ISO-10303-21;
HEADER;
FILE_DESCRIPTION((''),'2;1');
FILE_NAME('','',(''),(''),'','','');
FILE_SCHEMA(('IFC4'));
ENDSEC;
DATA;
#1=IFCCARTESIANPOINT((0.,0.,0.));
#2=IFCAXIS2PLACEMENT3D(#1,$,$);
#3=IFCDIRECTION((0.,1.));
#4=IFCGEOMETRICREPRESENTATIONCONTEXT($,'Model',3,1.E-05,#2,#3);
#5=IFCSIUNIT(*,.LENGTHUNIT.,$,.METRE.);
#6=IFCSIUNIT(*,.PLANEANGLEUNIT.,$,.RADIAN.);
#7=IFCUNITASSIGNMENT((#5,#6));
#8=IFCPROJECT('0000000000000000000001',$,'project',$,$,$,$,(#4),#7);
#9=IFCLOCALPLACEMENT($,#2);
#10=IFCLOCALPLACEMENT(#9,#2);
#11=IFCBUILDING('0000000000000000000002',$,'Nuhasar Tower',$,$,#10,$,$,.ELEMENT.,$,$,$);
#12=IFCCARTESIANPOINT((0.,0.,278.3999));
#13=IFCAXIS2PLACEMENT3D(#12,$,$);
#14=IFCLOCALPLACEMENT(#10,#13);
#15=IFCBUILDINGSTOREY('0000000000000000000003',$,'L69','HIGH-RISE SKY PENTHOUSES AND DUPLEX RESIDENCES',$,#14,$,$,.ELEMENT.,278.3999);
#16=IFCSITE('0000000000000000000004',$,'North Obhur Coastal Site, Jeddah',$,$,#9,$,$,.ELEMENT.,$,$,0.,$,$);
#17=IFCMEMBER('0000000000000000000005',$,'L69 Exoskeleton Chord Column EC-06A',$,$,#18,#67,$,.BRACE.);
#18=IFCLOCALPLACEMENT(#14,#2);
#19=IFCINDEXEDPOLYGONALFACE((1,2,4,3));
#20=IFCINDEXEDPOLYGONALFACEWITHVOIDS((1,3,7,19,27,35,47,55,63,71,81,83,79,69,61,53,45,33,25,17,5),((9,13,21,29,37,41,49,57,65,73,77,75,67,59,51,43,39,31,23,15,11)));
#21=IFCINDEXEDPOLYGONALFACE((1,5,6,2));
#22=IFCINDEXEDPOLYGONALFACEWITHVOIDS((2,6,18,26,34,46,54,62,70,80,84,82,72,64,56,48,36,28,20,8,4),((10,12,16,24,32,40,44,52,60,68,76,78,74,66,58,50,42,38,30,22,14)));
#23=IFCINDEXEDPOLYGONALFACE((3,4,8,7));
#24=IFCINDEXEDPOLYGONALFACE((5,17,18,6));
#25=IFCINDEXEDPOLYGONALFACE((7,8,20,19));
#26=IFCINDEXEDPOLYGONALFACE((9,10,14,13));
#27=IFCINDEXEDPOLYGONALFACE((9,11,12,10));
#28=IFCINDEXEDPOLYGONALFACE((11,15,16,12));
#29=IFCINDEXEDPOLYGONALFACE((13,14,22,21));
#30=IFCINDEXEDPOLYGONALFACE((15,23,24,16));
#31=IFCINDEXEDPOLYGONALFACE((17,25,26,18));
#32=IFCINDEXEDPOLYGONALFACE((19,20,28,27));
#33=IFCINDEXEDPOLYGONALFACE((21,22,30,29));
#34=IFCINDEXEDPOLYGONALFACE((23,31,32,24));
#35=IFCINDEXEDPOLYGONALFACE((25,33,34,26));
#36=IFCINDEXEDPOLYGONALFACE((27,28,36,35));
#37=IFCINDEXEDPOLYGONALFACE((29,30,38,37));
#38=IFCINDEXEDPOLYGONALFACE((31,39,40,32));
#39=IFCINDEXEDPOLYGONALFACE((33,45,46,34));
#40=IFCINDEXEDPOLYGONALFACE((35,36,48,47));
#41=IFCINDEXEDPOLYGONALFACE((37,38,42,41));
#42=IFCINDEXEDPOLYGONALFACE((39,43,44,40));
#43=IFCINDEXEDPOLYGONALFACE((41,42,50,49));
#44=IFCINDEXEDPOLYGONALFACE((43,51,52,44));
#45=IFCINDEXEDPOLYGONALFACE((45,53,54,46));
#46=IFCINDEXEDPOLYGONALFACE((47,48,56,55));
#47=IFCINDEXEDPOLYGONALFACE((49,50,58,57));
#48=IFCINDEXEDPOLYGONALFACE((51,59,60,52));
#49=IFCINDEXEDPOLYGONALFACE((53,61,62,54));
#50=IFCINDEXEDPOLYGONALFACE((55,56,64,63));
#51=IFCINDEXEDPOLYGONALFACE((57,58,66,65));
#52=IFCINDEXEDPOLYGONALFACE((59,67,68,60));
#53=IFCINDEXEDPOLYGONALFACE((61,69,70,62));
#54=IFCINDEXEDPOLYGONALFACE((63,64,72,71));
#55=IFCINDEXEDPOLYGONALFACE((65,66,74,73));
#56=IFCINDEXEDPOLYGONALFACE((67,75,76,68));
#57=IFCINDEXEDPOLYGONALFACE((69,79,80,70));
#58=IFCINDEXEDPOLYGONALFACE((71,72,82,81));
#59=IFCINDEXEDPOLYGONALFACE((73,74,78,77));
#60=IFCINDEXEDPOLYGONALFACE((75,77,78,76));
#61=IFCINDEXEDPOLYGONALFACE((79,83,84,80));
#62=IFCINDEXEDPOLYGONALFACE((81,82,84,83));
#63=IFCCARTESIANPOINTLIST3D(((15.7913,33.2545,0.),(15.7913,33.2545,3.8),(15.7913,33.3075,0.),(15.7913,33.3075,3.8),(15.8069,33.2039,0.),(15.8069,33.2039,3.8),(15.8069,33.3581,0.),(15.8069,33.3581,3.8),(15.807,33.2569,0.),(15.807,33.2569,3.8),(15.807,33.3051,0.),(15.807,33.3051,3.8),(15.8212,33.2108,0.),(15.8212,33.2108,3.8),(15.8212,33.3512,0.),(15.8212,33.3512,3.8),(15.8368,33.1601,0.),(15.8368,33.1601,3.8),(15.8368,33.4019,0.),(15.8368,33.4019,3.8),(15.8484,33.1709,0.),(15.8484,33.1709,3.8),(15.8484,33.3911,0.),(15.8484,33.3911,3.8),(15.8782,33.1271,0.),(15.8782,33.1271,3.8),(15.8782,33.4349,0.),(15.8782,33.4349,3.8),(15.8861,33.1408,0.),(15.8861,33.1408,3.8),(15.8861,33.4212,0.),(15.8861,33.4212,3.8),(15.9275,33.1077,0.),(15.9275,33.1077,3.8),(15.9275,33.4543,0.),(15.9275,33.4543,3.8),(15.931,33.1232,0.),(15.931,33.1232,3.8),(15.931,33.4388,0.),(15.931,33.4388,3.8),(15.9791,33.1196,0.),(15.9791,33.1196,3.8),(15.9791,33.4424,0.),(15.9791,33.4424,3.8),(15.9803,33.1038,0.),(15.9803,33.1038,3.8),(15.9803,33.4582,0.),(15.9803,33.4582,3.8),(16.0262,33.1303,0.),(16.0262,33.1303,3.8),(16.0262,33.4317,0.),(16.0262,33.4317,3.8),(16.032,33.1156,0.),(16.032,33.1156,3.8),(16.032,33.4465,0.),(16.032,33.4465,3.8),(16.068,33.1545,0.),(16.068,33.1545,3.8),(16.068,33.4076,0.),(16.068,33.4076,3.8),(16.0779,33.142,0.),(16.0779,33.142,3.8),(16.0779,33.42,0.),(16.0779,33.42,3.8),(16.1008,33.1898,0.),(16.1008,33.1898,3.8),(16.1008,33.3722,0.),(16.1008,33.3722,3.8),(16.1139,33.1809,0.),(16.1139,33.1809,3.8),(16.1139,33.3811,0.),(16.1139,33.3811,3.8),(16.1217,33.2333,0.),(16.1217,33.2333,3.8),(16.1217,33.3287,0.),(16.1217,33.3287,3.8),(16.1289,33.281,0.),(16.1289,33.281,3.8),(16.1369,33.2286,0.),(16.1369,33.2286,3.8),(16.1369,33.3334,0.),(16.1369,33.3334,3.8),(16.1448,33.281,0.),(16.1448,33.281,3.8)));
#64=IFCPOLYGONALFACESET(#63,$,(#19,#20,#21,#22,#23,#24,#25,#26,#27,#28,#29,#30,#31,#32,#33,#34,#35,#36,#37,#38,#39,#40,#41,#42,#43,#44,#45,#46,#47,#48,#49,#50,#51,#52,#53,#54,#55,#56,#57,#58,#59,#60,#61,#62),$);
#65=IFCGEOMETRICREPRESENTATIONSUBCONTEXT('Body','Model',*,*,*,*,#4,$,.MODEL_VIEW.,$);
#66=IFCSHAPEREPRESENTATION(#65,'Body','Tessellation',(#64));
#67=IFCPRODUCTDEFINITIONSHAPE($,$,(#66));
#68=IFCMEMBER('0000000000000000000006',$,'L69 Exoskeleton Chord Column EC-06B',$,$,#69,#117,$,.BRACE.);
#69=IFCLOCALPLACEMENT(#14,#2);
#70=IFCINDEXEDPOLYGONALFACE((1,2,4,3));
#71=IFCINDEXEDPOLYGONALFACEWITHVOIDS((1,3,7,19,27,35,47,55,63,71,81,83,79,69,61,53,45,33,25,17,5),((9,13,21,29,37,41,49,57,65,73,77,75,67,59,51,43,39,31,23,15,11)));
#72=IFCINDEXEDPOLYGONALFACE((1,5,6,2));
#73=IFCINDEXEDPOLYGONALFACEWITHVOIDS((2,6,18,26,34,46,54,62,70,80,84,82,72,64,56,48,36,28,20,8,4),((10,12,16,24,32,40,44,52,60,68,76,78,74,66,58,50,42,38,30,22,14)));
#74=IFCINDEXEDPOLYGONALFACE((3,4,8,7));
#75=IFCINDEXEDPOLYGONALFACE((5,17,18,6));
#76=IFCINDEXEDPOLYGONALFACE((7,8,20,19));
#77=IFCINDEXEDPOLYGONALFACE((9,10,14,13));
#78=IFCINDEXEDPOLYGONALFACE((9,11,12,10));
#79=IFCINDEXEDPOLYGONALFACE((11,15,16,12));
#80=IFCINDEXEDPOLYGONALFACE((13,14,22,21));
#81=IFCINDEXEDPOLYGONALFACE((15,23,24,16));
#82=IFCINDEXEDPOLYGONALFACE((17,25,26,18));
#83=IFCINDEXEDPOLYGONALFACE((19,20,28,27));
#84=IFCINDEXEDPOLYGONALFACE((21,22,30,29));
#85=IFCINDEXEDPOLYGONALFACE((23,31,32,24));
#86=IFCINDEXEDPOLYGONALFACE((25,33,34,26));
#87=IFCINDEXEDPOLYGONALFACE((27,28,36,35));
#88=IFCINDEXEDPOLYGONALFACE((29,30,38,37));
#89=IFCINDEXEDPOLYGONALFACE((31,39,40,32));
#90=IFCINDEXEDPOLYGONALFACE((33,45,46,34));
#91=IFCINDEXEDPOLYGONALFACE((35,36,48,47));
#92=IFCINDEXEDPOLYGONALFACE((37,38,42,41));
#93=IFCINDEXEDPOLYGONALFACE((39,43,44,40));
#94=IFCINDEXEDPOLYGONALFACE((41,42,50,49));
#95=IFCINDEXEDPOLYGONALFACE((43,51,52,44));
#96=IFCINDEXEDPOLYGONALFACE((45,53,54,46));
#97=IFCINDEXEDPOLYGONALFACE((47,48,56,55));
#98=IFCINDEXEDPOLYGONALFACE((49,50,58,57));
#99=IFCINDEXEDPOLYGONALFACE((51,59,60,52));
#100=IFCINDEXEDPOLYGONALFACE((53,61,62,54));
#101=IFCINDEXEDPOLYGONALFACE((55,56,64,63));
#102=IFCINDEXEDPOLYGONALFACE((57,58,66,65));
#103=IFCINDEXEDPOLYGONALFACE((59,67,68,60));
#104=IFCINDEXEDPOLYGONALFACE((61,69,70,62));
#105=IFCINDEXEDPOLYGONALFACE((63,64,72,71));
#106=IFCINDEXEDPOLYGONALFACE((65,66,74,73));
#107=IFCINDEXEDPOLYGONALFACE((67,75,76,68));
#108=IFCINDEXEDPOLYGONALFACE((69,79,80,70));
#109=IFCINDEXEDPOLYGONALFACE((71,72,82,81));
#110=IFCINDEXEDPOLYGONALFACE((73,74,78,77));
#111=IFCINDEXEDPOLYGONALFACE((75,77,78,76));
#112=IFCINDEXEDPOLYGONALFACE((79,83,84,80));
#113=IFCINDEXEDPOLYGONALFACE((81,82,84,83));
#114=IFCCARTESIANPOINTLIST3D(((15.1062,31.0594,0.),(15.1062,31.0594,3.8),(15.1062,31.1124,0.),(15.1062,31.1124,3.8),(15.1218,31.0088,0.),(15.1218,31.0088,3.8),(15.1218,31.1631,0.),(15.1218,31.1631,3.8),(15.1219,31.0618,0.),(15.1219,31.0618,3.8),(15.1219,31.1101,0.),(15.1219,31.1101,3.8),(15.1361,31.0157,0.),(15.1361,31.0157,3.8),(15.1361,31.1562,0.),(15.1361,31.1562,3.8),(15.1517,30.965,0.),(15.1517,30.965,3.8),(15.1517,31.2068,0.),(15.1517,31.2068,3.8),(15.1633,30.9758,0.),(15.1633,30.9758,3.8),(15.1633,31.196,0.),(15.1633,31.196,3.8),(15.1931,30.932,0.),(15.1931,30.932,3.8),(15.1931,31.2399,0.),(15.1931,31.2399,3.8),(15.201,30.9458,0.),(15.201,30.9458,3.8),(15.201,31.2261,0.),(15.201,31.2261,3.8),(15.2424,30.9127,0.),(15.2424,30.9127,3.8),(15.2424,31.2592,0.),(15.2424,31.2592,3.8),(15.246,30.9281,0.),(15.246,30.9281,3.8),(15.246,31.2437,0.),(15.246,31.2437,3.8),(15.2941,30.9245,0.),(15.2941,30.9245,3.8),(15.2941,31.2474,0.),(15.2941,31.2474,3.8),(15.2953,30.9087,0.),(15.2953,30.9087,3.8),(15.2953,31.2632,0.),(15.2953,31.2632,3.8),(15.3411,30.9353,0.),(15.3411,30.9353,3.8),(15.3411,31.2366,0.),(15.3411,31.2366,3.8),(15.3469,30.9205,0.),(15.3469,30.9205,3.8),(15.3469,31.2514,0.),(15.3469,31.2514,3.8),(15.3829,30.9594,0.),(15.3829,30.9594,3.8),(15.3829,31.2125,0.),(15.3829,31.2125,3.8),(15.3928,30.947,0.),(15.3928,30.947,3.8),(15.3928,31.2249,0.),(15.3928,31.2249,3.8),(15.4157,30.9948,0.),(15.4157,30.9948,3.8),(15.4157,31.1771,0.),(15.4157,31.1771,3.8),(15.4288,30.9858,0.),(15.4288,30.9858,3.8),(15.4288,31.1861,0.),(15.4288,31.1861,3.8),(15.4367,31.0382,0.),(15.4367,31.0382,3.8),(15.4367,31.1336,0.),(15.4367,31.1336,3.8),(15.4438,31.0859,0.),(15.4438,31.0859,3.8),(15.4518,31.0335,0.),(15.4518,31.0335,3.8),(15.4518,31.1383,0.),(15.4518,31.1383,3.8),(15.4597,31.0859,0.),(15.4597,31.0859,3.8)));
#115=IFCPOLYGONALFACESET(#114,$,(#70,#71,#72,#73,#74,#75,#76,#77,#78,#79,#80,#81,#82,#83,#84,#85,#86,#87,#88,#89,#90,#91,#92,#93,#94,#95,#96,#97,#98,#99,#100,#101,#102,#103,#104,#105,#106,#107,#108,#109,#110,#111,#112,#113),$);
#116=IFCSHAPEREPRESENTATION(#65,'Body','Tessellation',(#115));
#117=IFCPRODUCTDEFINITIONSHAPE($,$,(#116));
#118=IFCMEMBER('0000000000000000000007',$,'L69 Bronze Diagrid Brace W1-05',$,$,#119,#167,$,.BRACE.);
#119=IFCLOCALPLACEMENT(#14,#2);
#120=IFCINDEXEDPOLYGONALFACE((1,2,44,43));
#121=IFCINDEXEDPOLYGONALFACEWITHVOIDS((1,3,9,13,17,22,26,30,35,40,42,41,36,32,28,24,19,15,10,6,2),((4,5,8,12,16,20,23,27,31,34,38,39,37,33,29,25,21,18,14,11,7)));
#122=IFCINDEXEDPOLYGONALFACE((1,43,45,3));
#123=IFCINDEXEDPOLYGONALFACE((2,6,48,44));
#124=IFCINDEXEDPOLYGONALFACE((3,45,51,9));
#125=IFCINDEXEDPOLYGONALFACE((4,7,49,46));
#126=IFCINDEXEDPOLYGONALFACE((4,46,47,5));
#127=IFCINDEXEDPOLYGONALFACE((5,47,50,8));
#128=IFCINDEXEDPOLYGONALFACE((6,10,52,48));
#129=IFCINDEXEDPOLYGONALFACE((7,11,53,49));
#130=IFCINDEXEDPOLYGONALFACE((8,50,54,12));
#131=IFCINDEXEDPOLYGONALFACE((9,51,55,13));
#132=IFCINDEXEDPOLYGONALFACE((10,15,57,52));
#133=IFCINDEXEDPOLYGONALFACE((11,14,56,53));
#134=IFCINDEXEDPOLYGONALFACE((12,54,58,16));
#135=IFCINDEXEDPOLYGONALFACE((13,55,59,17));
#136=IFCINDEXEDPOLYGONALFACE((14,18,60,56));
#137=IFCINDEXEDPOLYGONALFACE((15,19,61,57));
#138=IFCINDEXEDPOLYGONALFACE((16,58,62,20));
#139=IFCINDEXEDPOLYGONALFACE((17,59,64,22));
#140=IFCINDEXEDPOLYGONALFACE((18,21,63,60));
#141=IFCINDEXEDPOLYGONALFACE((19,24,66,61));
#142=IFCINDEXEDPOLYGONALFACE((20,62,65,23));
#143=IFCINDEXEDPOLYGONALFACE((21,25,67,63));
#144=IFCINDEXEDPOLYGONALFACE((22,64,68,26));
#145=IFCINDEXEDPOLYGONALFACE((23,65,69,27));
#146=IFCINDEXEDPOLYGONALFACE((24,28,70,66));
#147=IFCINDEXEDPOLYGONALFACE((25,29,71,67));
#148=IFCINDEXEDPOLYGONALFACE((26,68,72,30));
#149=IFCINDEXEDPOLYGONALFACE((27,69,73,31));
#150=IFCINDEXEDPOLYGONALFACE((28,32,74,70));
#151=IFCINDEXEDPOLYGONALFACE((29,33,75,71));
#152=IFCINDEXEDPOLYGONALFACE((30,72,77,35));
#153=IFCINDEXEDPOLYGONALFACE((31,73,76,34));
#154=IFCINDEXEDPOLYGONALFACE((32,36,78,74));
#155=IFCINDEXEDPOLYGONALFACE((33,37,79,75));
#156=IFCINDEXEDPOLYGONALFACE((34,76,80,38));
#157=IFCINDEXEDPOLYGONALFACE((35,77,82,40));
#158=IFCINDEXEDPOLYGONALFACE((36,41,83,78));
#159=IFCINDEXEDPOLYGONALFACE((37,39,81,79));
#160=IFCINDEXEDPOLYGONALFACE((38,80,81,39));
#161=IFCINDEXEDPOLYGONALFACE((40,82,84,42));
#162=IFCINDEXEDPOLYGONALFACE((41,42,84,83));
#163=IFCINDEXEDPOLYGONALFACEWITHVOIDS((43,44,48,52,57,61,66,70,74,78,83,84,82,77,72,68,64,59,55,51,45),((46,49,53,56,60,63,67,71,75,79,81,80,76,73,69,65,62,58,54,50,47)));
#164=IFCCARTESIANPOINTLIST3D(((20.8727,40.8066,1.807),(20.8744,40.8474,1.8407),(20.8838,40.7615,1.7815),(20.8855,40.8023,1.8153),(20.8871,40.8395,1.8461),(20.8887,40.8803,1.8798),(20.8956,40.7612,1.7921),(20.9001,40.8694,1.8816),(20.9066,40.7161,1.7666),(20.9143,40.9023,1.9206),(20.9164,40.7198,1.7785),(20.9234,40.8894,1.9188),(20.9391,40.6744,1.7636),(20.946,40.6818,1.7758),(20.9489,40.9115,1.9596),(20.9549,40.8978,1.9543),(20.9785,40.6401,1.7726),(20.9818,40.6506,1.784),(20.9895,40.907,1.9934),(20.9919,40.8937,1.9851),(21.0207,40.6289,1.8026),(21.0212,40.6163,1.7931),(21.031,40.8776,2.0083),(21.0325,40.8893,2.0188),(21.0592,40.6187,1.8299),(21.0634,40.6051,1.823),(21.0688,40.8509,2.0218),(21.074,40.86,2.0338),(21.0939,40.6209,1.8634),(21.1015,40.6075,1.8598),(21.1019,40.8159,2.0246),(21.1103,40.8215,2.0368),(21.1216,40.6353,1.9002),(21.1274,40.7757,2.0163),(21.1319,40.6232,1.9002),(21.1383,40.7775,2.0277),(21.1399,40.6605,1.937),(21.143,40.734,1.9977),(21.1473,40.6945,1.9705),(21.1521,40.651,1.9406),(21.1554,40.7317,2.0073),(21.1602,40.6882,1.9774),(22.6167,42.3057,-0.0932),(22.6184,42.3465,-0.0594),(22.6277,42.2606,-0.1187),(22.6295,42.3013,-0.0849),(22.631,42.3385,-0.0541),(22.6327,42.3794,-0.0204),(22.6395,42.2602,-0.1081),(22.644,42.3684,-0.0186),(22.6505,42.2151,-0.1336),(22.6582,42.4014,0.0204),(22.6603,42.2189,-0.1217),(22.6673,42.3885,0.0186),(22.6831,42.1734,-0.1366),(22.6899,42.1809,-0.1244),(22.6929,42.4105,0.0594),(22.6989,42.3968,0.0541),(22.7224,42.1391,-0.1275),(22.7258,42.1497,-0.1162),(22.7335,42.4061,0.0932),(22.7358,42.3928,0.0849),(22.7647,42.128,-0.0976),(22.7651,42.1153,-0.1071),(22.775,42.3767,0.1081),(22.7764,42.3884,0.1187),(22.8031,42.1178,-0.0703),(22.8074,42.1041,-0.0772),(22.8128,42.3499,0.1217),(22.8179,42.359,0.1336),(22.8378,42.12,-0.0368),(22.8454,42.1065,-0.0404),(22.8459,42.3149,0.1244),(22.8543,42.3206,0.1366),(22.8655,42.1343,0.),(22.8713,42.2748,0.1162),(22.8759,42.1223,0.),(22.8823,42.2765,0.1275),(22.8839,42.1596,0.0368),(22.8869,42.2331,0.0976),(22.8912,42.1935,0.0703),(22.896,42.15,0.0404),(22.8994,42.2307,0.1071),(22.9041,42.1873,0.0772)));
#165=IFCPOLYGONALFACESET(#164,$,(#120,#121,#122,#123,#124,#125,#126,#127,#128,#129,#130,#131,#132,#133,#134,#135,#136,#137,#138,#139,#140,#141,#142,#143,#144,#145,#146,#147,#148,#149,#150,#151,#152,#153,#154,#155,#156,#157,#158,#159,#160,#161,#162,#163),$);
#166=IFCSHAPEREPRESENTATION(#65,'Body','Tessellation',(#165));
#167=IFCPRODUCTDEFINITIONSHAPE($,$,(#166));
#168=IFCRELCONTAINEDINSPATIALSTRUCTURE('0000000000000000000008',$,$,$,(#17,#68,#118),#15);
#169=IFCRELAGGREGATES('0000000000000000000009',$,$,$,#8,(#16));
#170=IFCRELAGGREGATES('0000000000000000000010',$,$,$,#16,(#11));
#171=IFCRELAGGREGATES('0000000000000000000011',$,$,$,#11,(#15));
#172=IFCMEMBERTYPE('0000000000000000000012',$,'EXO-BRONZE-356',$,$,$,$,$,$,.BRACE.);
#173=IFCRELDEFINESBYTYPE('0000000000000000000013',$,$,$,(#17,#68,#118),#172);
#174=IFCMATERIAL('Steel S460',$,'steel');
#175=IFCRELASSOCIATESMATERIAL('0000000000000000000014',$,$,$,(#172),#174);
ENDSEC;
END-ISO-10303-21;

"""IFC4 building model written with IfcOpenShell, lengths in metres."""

from ifc_helpers import new_model, si_unit, direction, frame, origin, origin_2d, place, context, subcontext, project, spatial, hollow_circle, extrude, material, material_profile, profile_set, type_object, element, save


model = new_model("IFC4")

# Units and contexts
model_context = context("Model", 3, precision=1e-05, world=origin(), true_north=direction((0.0, 1.0)))
body_context = subcontext(model_context, "Body", "Model", "MODEL_VIEW")
ifc_project = project(units=[si_unit("LENGTHUNIT", "METRE"), si_unit("PLANEANGLEUNIT", "RADIAN")], contexts=[model_context])

# Site, building, storey
site_placement = place(None, origin())
site = spatial("IfcSite", under=ifc_project, at=site_placement, Name="North Obhur Coastal Site, Jeddah", CompositionType="ELEMENT", RefElevation=0.0)
building_placement = place(site_placement, origin())
building = spatial("IfcBuilding", under=site, at=building_placement, Name="Nuhasar Tower", CompositionType="ELEMENT")
storey_placement = place(building_placement, frame((0.0, 0.0, 278.3999)))
storey = spatial("IfcBuildingStorey", under=building, at=storey_placement, Name="L69", Description="HIGH-RISE SKY PENTHOUSES AND DUPLEX RESIDENCES", CompositionType="ELEMENT", Elevation=278.3999)

# Members
ifc_material_1 = material(Name="Steel S460", Category="steel")
ifc_material_profile_1 = material_profile(ifc_material_1, hollow_circle(Radius=0.1777, WallThickness=0.0159, at=origin_2d()), Name="HSS355.6X15.9")
ifc_profile_set_1 = profile_set([ifc_material_profile_1], Name="Steel S460")
member_type_1 = type_object("IfcMemberType", Name="EXO-BRONZE-356", PredefinedType="BRACE", material=ifc_profile_set_1)
for number, where, z_axis, x_axis, name in (
    (1, (15.967, 33.281, 0.0), (0.0, 0.0, 1.0), (1.0, 0.0, 0.0), "L69 Exoskeleton Chord Column EC-06A"),
    (2, (15.282, 31.0859, 0.0), (0.0, 0.0, 1.0), (1.0, 0.0, 0.0), "L69 Exoskeleton Chord Column EC-06B"),
):
    element("IfcMember", number, at=place(storey_placement, frame(where, z_axis=z_axis, x_axis=x_axis)), inside=storey, type_object=member_type_1, Name=name, PredefinedType="BRACE", context=body_context, shape_type="SweptSolid", body=[
        extrude(hollow_circle(Radius=0.1777, WallThickness=0.0159, at=origin_2d()), origin(), (0.0, 0.0, 1.0), 3.8),
    ])
member_1_placement = place(storey_placement, frame((22.76, 42.2571, 0.0), z_axis=(-0.584595, -0.502508, 0.636973), x_axis=(0.651857, -0.758342, 0.0)))
element("IfcMember", 3, at=member_1_placement, inside=storey, type_object=member_type_1, Name="L69 Bronze Diagrid Brace W1-05", PredefinedType="BRACE", context=body_context, shape_type="SweptSolid", body=[
    extrude(hollow_circle(Radius=0.1777, WallThickness=0.0159, at=origin_2d()), origin(), (0.0, 0.0, 1.0), 2.9832),
])

save(model, "model.ifc")
